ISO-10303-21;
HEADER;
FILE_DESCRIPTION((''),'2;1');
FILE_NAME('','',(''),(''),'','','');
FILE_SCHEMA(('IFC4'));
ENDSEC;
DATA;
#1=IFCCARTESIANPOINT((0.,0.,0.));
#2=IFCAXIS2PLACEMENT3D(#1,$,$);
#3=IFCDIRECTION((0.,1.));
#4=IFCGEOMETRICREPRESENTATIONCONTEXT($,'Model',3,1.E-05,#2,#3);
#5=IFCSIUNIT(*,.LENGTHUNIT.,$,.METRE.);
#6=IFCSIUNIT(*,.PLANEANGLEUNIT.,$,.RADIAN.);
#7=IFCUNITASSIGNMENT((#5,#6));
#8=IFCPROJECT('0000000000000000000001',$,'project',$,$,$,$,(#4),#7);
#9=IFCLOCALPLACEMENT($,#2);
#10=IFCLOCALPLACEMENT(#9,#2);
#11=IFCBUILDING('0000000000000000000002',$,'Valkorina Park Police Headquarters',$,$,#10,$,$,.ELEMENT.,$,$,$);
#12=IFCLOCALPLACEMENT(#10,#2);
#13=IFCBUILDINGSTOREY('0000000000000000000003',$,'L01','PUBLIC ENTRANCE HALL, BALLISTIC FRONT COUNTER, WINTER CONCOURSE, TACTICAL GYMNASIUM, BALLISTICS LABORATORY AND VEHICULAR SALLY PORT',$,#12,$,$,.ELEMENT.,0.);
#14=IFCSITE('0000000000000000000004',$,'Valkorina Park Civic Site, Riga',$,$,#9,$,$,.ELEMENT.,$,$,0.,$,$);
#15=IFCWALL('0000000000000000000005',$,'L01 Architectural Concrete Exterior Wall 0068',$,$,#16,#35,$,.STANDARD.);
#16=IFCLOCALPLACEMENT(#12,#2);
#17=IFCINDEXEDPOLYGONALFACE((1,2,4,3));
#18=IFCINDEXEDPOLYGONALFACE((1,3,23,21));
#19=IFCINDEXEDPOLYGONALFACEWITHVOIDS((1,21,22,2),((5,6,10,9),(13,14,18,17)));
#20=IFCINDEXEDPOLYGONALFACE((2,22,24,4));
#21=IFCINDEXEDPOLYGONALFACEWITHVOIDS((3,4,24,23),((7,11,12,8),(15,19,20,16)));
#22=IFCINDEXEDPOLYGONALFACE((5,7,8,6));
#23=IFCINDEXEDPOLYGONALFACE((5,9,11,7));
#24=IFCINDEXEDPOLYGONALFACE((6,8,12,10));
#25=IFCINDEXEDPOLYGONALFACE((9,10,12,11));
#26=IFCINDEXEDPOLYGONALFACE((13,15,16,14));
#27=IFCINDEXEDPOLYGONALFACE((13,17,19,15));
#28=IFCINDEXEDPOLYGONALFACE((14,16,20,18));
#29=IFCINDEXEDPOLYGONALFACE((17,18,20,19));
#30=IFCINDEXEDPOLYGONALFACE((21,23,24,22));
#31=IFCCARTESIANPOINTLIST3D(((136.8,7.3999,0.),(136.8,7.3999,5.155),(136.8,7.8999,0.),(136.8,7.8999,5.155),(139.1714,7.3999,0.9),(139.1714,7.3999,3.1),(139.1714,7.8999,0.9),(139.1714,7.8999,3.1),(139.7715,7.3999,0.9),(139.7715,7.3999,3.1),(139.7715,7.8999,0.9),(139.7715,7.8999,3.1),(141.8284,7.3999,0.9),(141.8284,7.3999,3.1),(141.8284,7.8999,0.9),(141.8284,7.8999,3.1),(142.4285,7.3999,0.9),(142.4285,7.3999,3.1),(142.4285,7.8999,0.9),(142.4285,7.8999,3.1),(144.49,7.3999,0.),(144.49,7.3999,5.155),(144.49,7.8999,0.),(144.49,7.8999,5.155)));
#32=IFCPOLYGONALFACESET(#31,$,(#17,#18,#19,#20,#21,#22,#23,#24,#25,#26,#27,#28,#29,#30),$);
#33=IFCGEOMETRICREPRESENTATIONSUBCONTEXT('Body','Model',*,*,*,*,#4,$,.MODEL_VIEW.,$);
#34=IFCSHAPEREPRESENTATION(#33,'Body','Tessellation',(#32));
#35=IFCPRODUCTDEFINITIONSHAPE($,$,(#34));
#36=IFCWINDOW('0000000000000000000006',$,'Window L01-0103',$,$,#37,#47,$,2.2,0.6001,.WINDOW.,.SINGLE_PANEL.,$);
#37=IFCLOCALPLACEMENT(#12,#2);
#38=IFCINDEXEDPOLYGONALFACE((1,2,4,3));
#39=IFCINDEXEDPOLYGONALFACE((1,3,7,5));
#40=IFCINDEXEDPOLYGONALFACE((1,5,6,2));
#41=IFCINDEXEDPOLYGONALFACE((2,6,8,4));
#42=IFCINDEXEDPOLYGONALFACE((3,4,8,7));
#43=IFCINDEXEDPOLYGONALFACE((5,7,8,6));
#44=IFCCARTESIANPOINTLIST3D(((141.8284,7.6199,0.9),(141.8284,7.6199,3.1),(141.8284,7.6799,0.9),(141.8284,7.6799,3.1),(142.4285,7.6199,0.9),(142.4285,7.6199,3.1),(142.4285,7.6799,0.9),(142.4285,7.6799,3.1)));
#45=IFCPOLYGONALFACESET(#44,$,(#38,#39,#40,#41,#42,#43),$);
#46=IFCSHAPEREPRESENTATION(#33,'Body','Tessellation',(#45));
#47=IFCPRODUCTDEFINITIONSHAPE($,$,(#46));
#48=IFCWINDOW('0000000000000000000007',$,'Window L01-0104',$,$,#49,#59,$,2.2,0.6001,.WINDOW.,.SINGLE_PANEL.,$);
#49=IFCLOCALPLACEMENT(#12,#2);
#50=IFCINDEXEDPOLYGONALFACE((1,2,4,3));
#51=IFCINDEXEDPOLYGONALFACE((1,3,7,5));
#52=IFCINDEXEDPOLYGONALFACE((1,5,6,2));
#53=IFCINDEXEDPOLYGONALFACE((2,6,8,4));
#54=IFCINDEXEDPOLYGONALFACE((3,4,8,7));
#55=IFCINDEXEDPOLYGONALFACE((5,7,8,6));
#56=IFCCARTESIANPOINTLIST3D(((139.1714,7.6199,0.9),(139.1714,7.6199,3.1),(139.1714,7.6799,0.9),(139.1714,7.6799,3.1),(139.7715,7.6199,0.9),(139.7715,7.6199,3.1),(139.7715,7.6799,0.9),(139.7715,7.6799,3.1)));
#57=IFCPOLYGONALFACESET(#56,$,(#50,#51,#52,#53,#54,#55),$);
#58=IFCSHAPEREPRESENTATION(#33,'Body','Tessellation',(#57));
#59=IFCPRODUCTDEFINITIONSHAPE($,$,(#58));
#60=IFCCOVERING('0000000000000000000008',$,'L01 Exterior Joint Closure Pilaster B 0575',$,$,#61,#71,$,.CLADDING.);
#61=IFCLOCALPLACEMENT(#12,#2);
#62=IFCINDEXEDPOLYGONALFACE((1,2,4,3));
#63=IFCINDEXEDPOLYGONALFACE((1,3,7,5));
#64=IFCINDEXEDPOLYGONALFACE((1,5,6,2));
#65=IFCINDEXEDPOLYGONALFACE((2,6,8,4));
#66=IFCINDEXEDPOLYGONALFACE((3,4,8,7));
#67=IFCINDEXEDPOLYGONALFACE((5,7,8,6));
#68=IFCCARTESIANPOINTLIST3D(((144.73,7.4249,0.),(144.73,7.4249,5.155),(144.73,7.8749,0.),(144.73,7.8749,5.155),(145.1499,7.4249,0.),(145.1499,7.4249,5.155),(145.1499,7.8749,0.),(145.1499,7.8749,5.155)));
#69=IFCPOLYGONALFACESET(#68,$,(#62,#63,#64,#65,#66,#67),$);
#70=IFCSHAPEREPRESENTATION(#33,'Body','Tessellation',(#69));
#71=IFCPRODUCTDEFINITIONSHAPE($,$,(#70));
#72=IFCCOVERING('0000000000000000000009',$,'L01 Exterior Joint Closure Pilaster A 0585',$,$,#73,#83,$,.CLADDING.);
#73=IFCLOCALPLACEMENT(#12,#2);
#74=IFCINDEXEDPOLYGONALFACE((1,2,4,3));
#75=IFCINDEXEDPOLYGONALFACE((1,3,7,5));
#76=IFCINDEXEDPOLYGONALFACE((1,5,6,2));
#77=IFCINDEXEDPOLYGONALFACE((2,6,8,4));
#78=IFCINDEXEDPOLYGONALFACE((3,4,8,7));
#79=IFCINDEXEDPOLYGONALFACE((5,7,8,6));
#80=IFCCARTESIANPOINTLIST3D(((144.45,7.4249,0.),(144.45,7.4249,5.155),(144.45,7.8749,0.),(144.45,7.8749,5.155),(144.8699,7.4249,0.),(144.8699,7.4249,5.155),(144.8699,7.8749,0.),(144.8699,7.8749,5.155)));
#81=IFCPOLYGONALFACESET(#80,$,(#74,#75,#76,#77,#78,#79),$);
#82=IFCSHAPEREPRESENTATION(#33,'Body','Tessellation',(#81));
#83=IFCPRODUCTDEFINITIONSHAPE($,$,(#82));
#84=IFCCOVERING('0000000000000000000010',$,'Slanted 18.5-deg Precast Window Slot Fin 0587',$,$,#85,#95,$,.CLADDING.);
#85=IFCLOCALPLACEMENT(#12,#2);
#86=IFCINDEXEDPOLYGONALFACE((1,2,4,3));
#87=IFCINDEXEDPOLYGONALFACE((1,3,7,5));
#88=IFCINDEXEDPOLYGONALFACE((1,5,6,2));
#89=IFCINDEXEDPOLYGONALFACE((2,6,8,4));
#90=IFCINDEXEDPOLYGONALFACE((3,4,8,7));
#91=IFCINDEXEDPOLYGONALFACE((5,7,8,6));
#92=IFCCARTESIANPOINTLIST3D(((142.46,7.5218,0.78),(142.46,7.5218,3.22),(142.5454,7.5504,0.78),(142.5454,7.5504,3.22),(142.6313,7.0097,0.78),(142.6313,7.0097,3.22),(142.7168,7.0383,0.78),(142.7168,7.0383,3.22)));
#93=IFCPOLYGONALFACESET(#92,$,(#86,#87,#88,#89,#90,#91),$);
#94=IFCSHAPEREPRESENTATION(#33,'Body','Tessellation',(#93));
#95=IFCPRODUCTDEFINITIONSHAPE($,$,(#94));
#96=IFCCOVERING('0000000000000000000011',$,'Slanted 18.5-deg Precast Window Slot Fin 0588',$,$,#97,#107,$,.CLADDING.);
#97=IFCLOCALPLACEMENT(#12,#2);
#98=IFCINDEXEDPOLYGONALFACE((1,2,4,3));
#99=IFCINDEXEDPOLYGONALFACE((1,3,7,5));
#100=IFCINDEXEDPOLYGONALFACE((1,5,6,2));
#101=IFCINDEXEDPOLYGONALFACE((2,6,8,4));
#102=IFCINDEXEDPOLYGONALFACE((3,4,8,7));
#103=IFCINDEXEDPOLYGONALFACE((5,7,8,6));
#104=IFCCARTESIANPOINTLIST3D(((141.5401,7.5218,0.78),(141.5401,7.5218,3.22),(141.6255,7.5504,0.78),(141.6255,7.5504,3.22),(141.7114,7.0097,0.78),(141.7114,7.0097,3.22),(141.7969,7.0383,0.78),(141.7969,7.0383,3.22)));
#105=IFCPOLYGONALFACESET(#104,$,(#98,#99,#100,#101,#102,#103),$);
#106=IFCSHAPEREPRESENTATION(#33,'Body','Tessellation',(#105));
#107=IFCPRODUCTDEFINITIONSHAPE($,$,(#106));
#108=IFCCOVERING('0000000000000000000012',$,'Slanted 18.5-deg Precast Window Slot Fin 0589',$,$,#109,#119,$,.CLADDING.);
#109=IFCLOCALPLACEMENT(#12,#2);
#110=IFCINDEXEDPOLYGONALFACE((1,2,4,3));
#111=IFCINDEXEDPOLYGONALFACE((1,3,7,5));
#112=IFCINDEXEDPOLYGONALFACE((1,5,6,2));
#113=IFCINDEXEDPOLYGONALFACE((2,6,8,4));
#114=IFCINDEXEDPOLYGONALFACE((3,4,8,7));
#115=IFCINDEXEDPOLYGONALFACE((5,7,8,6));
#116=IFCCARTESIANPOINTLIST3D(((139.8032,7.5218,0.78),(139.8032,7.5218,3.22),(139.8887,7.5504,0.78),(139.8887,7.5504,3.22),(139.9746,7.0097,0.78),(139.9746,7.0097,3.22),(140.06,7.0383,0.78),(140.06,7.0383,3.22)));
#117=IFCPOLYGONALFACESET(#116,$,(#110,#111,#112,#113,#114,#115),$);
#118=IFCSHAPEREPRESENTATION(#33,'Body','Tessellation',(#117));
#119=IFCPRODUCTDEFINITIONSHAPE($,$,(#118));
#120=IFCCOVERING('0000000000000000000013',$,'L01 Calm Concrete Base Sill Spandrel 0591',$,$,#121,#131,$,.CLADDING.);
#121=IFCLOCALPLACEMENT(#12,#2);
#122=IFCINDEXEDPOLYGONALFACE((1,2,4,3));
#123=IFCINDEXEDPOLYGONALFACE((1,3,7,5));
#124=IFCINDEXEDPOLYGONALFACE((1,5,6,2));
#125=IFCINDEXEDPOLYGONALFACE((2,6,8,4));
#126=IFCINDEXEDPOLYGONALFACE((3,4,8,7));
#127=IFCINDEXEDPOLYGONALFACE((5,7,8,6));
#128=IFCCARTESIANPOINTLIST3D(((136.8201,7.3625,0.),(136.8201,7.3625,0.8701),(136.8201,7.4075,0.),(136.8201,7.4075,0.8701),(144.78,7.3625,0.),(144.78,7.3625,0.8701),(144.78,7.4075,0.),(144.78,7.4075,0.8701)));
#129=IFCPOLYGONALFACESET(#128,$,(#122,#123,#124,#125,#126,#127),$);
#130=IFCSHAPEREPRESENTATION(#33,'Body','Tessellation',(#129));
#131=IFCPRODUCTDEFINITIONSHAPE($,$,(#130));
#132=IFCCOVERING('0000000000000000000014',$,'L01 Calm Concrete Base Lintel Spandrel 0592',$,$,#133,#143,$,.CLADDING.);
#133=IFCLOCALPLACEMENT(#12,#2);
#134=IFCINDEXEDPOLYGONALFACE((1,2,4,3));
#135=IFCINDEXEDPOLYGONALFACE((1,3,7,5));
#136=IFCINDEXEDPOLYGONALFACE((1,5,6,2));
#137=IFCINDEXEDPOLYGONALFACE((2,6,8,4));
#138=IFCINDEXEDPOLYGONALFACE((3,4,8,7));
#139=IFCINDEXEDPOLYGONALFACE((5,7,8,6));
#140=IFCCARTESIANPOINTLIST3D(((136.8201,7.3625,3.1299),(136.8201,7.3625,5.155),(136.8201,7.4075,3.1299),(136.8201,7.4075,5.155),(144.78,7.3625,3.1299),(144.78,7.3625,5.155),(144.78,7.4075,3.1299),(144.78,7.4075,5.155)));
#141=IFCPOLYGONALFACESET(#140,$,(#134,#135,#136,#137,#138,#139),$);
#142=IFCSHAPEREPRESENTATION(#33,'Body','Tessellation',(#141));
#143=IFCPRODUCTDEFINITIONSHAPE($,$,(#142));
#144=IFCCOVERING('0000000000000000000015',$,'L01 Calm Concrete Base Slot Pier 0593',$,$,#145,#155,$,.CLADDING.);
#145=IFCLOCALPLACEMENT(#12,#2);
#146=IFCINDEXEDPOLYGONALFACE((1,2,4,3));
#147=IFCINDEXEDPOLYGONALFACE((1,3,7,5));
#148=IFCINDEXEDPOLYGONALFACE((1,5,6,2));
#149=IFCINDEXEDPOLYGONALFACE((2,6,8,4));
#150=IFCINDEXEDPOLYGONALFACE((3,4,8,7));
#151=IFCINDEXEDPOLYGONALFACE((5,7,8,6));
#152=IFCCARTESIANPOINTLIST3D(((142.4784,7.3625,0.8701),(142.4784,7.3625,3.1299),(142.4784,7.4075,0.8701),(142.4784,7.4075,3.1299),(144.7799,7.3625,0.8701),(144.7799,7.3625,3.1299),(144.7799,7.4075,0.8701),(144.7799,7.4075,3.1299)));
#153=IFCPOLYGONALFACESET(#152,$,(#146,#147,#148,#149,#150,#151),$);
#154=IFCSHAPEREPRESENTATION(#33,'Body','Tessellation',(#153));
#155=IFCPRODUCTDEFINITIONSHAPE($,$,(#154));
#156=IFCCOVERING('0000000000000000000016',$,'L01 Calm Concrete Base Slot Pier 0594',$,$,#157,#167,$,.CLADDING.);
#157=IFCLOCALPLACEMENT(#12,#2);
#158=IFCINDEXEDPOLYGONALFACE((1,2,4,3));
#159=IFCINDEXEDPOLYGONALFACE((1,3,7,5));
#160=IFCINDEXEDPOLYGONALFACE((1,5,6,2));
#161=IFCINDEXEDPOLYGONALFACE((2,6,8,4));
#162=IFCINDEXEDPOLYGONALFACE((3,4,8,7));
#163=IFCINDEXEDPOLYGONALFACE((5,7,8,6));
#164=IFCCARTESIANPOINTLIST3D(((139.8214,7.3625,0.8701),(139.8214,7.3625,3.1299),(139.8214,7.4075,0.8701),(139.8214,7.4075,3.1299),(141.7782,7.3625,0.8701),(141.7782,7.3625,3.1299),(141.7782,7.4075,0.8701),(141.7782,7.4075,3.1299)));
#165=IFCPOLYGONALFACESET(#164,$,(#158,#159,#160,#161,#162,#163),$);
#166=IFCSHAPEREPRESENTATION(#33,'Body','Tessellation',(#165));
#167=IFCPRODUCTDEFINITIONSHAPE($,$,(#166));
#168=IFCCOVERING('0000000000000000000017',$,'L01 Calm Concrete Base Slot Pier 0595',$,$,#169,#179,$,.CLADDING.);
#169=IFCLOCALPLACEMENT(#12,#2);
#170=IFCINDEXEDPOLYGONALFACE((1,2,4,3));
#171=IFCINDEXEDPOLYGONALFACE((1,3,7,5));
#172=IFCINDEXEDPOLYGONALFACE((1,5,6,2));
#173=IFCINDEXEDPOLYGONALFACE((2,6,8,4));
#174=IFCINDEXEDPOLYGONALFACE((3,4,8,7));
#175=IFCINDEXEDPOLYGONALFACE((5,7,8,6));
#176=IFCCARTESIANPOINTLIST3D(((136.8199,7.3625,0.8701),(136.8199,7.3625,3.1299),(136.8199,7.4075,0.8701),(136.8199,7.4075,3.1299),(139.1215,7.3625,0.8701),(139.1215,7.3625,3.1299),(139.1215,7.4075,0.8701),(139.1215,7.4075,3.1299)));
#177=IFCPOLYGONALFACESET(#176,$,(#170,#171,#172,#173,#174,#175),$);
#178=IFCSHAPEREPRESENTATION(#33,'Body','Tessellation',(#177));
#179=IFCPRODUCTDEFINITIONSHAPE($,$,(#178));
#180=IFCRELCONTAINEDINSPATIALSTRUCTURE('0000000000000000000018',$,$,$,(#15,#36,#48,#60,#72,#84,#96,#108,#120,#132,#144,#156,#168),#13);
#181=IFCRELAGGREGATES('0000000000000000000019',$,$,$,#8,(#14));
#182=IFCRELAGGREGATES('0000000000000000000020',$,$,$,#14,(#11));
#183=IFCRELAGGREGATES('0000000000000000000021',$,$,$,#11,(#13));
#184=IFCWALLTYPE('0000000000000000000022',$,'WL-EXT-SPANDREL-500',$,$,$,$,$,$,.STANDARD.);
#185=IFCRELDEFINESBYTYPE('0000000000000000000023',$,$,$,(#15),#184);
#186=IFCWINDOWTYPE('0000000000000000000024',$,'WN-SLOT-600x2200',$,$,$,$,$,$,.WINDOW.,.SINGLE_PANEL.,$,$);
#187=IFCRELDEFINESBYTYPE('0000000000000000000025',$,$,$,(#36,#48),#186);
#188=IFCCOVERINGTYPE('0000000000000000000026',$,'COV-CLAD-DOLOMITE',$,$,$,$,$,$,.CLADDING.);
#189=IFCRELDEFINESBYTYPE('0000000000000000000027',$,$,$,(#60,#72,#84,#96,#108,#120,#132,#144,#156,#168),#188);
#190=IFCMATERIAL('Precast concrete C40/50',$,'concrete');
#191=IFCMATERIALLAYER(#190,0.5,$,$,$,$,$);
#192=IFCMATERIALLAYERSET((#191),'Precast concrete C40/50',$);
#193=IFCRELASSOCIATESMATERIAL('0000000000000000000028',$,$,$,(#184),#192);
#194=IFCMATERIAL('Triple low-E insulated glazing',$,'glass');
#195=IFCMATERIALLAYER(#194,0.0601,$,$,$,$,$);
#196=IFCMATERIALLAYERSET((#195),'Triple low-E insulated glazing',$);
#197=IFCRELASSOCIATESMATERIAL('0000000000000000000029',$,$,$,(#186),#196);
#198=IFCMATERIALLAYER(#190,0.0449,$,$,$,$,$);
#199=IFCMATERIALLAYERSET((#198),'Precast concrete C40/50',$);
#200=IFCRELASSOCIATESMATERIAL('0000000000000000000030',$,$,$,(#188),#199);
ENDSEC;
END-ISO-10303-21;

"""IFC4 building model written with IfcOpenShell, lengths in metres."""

from ifc_helpers import new_model, si_unit, direction, frame, frame_2d, origin, origin_2d, place, context, subcontext, project, spatial, rectangle, extrude, material, layer, layer_set, type_object, element, fill, save


model = new_model("IFC4")

# Units and contexts
model_context = context("Model", 3, precision=1e-05, world=origin(), true_north=direction((0.0, 1.0)))
body_context = subcontext(model_context, "Body", "Model", "MODEL_VIEW")
ifc_project = project(units=[si_unit("LENGTHUNIT", "METRE"), si_unit("PLANEANGLEUNIT", "RADIAN")], contexts=[model_context])

# Site, building, storey
site_placement = place(None, origin())
site = spatial("IfcSite", under=ifc_project, at=site_placement, Name="Valkorina Park Civic Site, Riga", CompositionType="ELEMENT", RefElevation=0.0)
building_placement = place(site_placement, origin())
building = spatial("IfcBuilding", under=site, at=building_placement, Name="Valkorina Park Police Headquarters", CompositionType="ELEMENT")
storey_placement = place(building_placement, origin())
storey = spatial("IfcBuildingStorey", under=building, at=storey_placement, Name="L01", Description="PUBLIC ENTRANCE HALL, BALLISTIC FRONT COUNTER, WINTER CONCOURSE, TACTICAL GYMNASIUM, BALLISTICS LABORATORY AND VEHICULAR SALLY PORT", CompositionType="ELEMENT", Elevation=0.0)

# Wall, openings, windows
ifc_material_1 = material(Name="Precast concrete C40/50", Category="concrete")
ifc_layer_1 = layer(ifc_material_1, 0.5)
ifc_layer_set_1 = layer_set([ifc_layer_1], Name="Precast concrete C40/50")
wall_type = type_object("IfcWallType", Name="WL-EXT-SPANDREL-500", PredefinedType="STANDARD", material=ifc_layer_set_1)
wall_placement = place(storey_placement, frame((144.49, 7.6499, 0.0), z_axis=(0.0, 0.0, 1.0), x_axis=(-1.0, 0.0, 0.0)))
wall = element("IfcWall", 1, at=wall_placement, inside=storey, type_object=wall_type, Name="L01 Architectural Concrete Exterior Wall 0068", PredefinedType="STANDARD", context=body_context, shape_type="SweptSolid", body=[
    extrude(rectangle(XDim=7.6899, YDim=0.5, at=frame_2d((3.845, 0.0))), origin(), (0.0, 0.0, 1.0), 5.155),
])
opening_1_placement = place(wall_placement, frame((2.0615, 0.0, 0.8999)))
opening_1 = element("IfcOpeningElement", 2, at=opening_1_placement, cuts=wall, PredefinedType="OPENING", context=body_context, shape_type="SweptSolid", body=[
    extrude(rectangle(XDim=0.6001, YDim=2.2, at=frame_2d((0.3, 1.1001))), frame((0.0, 0.26, 0.0), z_axis=(0.0, -1.0, 0.0), x_axis=(1.0, 0.0, 0.0)), (0.0, 0.0, 1.0), 0.52),
])
opening_2_placement = place(wall_placement, frame((4.7185, 0.0, 0.8999)))
opening_2 = element("IfcOpeningElement", 3, at=opening_2_placement, cuts=wall, PredefinedType="OPENING", context=body_context, shape_type="SweptSolid", body=[
    extrude(rectangle(XDim=0.6001, YDim=2.2, at=frame_2d((0.3, 1.1001))), frame((0.0, 0.26, 0.0), z_axis=(0.0, -1.0, 0.0), x_axis=(1.0, 0.0, 0.0)), (0.0, 0.0, 1.0), 0.52),
])
ifc_material_2 = material(Name="Triple low-E insulated glazing", Category="glass")
ifc_layer_2 = layer(ifc_material_2, 0.0601)
ifc_layer_set_2 = layer_set([ifc_layer_2], Name="Triple low-E insulated glazing")
window_type = type_object("IfcWindowType", Name="WN-SLOT-600x2200", PartitioningType="SINGLE_PANEL", PredefinedType="WINDOW", material=ifc_layer_set_2)
window_1_placement = place(opening_1_placement, origin())
window_1 = element("IfcWindow", 4, at=window_1_placement, inside=storey, type_object=window_type, Name="Window L01-0103", OverallHeight=2.2, OverallWidth=0.6001, PartitioningType="SINGLE_PANEL", PredefinedType="WINDOW", context=body_context, shape_type="SweptSolid", body=[
    extrude(rectangle(XDim=0.6001, YDim=2.2, at=frame_2d((0.3, 1.1001))), frame((0.0, 0.03, 0.0), z_axis=(0.0, -1.0, 0.0), x_axis=(1.0, 0.0, 0.0)), (0.0, 0.0, 1.0), 0.0601),
])
fill(opening_1, window_1)
window_2_placement = place(opening_2_placement, origin())
window_2 = element("IfcWindow", 5, at=window_2_placement, inside=storey, type_object=window_type, Name="Window L01-0104", OverallHeight=2.2, OverallWidth=0.6001, PartitioningType="SINGLE_PANEL", PredefinedType="WINDOW", context=body_context, shape_type="SweptSolid", body=[
    extrude(rectangle(XDim=0.6001, YDim=2.2, at=frame_2d((0.3, 1.1001))), frame((0.0, 0.03, 0.0), z_axis=(0.0, -1.0, 0.0), x_axis=(1.0, 0.0, 0.0)), (0.0, 0.0, 1.0), 0.0601),
])
fill(opening_2, window_2)

# Coverings
ifc_layer_3 = layer(ifc_material_1, 0.0449)
ifc_layer_set_3 = layer_set([ifc_layer_3], Name="Precast concrete C40/50")
covering_type = type_object("IfcCoveringType", Name="COV-CLAD-DOLOMITE", PredefinedType="CLADDING", material=ifc_layer_set_3)
for number, where, z_axis, x_axis, name in (
    (6, (144.9399, 7.6499, 0.0), (0.0, 0.0, 1.0), (1.0, 0.0, 0.0), "L01 Exterior Joint Closure Pilaster B 0575"),
    (7, (144.6599, 7.6499, 0.0), (0.0, 0.0, 1.0), (1.0, 0.0, 0.0), "L01 Exterior Joint Closure Pilaster A 0585"),
):
    element("IfcCovering", number, at=place(storey_placement, frame(where, z_axis=z_axis, x_axis=x_axis)), inside=storey, type_object=covering_type, Name=name, PredefinedType="CLADDING", context=body_context, shape_type="SweptSolid", body=[
        extrude(rectangle(XDim=0.4199, YDim=0.45, at=origin_2d()), origin(), (0.0, 0.0, 1.0), 5.155),
    ])
for number, where, z_axis, x_axis, name in (
    (8, (142.5884, 7.28, 0.78), (0.0, 0.0, 1.0), (0.317305, -0.948324, 0.0), "Slanted 18.5-deg Precast Window Slot Fin 0587"),
    (9, (141.6685, 7.28, 0.78), (0.0, 0.0, 1.0), (0.317305, -0.948324, 0.0), "Slanted 18.5-deg Precast Window Slot Fin 0588"),
    (10, (139.9316, 7.28, 0.78), (0.0, 0.0, 1.0), (0.317305, -0.948324, 0.0), "Slanted 18.5-deg Precast Window Slot Fin 0589"),
):
    element("IfcCovering", number, at=place(storey_placement, frame(where, z_axis=z_axis, x_axis=x_axis)), inside=storey, type_object=covering_type, Name=name, PredefinedType="CLADDING", context=body_context, shape_type="SweptSolid", body=[
        extrude(rectangle(XDim=0.54, YDim=0.0901, at=origin_2d()), origin(), (0.0, 0.0, 1.0), 2.4399),
    ])
covering_1_placement = place(storey_placement, frame((144.78, 7.385, 0.0), z_axis=(0.0, 0.0, 1.0), x_axis=(-1.0, 0.0, 0.0)))
element("IfcCovering", 11, at=covering_1_placement, inside=storey, type_object=covering_type, Name="L01 Calm Concrete Base Sill Spandrel 0591", PredefinedType="CLADDING", context=body_context, shape_type="SweptSolid", body=[
    extrude(rectangle(XDim=7.96, YDim=0.0449, at=frame_2d((3.98, 0.0))), origin(), (0.0, 0.0, 1.0), 0.8701),
])
covering_2_placement = place(storey_placement, frame((144.78, 7.385, 3.1299), z_axis=(0.0, 0.0, 1.0), x_axis=(-1.0, 0.0, 0.0)))
element("IfcCovering", 12, at=covering_2_placement, inside=storey, type_object=covering_type, Name="L01 Calm Concrete Base Lintel Spandrel 0592", PredefinedType="CLADDING", context=body_context, shape_type="SweptSolid", body=[
    extrude(rectangle(XDim=7.96, YDim=0.0449, at=frame_2d((3.98, 0.0))), origin(), (0.0, 0.0, 1.0), 2.0251),
])
covering_3_placement = place(storey_placement, frame((144.78, 7.385, 0.8701), z_axis=(0.0, 0.0, 1.0), x_axis=(-1.0, 0.0, 0.0)))
element("IfcCovering", 13, at=covering_3_placement, inside=storey, type_object=covering_type, Name="L01 Calm Concrete Base Slot Pier 0593", PredefinedType="CLADDING", context=body_context, shape_type="SweptSolid", body=[
    extrude(rectangle(XDim=2.3015, YDim=0.0449, at=frame_2d((1.1509, 0.0))), origin(), (0.0, 0.0, 1.0), 2.2598),
])
covering_4_placement = place(storey_placement, frame((141.7783, 7.385, 0.8701), z_axis=(0.0, 0.0, 1.0), x_axis=(-1.0, 0.0, 0.0)))
element("IfcCovering", 14, at=covering_4_placement, inside=storey, type_object=covering_type, Name="L01 Calm Concrete Base Slot Pier 0594", PredefinedType="CLADDING", context=body_context, shape_type="SweptSolid", body=[
    extrude(rectangle(XDim=1.9568, YDim=0.0449, at=frame_2d((0.9785, 0.0))), origin(), (0.0, 0.0, 1.0), 2.2598),
])
covering_5_placement = place(storey_placement, frame((139.1216, 7.385, 0.8701), z_axis=(0.0, 0.0, 1.0), x_axis=(-1.0, 0.0, 0.0)))
element("IfcCovering", 15, at=covering_5_placement, inside=storey, type_object=covering_type, Name="L01 Calm Concrete Base Slot Pier 0595", PredefinedType="CLADDING", context=body_context, shape_type="SweptSolid", body=[
    extrude(rectangle(XDim=2.3015, YDim=0.0449, at=frame_2d((1.1509, 0.0))), origin(), (0.0, 0.0, 1.0), 2.2598),
])

save(model, "model.ifc")
